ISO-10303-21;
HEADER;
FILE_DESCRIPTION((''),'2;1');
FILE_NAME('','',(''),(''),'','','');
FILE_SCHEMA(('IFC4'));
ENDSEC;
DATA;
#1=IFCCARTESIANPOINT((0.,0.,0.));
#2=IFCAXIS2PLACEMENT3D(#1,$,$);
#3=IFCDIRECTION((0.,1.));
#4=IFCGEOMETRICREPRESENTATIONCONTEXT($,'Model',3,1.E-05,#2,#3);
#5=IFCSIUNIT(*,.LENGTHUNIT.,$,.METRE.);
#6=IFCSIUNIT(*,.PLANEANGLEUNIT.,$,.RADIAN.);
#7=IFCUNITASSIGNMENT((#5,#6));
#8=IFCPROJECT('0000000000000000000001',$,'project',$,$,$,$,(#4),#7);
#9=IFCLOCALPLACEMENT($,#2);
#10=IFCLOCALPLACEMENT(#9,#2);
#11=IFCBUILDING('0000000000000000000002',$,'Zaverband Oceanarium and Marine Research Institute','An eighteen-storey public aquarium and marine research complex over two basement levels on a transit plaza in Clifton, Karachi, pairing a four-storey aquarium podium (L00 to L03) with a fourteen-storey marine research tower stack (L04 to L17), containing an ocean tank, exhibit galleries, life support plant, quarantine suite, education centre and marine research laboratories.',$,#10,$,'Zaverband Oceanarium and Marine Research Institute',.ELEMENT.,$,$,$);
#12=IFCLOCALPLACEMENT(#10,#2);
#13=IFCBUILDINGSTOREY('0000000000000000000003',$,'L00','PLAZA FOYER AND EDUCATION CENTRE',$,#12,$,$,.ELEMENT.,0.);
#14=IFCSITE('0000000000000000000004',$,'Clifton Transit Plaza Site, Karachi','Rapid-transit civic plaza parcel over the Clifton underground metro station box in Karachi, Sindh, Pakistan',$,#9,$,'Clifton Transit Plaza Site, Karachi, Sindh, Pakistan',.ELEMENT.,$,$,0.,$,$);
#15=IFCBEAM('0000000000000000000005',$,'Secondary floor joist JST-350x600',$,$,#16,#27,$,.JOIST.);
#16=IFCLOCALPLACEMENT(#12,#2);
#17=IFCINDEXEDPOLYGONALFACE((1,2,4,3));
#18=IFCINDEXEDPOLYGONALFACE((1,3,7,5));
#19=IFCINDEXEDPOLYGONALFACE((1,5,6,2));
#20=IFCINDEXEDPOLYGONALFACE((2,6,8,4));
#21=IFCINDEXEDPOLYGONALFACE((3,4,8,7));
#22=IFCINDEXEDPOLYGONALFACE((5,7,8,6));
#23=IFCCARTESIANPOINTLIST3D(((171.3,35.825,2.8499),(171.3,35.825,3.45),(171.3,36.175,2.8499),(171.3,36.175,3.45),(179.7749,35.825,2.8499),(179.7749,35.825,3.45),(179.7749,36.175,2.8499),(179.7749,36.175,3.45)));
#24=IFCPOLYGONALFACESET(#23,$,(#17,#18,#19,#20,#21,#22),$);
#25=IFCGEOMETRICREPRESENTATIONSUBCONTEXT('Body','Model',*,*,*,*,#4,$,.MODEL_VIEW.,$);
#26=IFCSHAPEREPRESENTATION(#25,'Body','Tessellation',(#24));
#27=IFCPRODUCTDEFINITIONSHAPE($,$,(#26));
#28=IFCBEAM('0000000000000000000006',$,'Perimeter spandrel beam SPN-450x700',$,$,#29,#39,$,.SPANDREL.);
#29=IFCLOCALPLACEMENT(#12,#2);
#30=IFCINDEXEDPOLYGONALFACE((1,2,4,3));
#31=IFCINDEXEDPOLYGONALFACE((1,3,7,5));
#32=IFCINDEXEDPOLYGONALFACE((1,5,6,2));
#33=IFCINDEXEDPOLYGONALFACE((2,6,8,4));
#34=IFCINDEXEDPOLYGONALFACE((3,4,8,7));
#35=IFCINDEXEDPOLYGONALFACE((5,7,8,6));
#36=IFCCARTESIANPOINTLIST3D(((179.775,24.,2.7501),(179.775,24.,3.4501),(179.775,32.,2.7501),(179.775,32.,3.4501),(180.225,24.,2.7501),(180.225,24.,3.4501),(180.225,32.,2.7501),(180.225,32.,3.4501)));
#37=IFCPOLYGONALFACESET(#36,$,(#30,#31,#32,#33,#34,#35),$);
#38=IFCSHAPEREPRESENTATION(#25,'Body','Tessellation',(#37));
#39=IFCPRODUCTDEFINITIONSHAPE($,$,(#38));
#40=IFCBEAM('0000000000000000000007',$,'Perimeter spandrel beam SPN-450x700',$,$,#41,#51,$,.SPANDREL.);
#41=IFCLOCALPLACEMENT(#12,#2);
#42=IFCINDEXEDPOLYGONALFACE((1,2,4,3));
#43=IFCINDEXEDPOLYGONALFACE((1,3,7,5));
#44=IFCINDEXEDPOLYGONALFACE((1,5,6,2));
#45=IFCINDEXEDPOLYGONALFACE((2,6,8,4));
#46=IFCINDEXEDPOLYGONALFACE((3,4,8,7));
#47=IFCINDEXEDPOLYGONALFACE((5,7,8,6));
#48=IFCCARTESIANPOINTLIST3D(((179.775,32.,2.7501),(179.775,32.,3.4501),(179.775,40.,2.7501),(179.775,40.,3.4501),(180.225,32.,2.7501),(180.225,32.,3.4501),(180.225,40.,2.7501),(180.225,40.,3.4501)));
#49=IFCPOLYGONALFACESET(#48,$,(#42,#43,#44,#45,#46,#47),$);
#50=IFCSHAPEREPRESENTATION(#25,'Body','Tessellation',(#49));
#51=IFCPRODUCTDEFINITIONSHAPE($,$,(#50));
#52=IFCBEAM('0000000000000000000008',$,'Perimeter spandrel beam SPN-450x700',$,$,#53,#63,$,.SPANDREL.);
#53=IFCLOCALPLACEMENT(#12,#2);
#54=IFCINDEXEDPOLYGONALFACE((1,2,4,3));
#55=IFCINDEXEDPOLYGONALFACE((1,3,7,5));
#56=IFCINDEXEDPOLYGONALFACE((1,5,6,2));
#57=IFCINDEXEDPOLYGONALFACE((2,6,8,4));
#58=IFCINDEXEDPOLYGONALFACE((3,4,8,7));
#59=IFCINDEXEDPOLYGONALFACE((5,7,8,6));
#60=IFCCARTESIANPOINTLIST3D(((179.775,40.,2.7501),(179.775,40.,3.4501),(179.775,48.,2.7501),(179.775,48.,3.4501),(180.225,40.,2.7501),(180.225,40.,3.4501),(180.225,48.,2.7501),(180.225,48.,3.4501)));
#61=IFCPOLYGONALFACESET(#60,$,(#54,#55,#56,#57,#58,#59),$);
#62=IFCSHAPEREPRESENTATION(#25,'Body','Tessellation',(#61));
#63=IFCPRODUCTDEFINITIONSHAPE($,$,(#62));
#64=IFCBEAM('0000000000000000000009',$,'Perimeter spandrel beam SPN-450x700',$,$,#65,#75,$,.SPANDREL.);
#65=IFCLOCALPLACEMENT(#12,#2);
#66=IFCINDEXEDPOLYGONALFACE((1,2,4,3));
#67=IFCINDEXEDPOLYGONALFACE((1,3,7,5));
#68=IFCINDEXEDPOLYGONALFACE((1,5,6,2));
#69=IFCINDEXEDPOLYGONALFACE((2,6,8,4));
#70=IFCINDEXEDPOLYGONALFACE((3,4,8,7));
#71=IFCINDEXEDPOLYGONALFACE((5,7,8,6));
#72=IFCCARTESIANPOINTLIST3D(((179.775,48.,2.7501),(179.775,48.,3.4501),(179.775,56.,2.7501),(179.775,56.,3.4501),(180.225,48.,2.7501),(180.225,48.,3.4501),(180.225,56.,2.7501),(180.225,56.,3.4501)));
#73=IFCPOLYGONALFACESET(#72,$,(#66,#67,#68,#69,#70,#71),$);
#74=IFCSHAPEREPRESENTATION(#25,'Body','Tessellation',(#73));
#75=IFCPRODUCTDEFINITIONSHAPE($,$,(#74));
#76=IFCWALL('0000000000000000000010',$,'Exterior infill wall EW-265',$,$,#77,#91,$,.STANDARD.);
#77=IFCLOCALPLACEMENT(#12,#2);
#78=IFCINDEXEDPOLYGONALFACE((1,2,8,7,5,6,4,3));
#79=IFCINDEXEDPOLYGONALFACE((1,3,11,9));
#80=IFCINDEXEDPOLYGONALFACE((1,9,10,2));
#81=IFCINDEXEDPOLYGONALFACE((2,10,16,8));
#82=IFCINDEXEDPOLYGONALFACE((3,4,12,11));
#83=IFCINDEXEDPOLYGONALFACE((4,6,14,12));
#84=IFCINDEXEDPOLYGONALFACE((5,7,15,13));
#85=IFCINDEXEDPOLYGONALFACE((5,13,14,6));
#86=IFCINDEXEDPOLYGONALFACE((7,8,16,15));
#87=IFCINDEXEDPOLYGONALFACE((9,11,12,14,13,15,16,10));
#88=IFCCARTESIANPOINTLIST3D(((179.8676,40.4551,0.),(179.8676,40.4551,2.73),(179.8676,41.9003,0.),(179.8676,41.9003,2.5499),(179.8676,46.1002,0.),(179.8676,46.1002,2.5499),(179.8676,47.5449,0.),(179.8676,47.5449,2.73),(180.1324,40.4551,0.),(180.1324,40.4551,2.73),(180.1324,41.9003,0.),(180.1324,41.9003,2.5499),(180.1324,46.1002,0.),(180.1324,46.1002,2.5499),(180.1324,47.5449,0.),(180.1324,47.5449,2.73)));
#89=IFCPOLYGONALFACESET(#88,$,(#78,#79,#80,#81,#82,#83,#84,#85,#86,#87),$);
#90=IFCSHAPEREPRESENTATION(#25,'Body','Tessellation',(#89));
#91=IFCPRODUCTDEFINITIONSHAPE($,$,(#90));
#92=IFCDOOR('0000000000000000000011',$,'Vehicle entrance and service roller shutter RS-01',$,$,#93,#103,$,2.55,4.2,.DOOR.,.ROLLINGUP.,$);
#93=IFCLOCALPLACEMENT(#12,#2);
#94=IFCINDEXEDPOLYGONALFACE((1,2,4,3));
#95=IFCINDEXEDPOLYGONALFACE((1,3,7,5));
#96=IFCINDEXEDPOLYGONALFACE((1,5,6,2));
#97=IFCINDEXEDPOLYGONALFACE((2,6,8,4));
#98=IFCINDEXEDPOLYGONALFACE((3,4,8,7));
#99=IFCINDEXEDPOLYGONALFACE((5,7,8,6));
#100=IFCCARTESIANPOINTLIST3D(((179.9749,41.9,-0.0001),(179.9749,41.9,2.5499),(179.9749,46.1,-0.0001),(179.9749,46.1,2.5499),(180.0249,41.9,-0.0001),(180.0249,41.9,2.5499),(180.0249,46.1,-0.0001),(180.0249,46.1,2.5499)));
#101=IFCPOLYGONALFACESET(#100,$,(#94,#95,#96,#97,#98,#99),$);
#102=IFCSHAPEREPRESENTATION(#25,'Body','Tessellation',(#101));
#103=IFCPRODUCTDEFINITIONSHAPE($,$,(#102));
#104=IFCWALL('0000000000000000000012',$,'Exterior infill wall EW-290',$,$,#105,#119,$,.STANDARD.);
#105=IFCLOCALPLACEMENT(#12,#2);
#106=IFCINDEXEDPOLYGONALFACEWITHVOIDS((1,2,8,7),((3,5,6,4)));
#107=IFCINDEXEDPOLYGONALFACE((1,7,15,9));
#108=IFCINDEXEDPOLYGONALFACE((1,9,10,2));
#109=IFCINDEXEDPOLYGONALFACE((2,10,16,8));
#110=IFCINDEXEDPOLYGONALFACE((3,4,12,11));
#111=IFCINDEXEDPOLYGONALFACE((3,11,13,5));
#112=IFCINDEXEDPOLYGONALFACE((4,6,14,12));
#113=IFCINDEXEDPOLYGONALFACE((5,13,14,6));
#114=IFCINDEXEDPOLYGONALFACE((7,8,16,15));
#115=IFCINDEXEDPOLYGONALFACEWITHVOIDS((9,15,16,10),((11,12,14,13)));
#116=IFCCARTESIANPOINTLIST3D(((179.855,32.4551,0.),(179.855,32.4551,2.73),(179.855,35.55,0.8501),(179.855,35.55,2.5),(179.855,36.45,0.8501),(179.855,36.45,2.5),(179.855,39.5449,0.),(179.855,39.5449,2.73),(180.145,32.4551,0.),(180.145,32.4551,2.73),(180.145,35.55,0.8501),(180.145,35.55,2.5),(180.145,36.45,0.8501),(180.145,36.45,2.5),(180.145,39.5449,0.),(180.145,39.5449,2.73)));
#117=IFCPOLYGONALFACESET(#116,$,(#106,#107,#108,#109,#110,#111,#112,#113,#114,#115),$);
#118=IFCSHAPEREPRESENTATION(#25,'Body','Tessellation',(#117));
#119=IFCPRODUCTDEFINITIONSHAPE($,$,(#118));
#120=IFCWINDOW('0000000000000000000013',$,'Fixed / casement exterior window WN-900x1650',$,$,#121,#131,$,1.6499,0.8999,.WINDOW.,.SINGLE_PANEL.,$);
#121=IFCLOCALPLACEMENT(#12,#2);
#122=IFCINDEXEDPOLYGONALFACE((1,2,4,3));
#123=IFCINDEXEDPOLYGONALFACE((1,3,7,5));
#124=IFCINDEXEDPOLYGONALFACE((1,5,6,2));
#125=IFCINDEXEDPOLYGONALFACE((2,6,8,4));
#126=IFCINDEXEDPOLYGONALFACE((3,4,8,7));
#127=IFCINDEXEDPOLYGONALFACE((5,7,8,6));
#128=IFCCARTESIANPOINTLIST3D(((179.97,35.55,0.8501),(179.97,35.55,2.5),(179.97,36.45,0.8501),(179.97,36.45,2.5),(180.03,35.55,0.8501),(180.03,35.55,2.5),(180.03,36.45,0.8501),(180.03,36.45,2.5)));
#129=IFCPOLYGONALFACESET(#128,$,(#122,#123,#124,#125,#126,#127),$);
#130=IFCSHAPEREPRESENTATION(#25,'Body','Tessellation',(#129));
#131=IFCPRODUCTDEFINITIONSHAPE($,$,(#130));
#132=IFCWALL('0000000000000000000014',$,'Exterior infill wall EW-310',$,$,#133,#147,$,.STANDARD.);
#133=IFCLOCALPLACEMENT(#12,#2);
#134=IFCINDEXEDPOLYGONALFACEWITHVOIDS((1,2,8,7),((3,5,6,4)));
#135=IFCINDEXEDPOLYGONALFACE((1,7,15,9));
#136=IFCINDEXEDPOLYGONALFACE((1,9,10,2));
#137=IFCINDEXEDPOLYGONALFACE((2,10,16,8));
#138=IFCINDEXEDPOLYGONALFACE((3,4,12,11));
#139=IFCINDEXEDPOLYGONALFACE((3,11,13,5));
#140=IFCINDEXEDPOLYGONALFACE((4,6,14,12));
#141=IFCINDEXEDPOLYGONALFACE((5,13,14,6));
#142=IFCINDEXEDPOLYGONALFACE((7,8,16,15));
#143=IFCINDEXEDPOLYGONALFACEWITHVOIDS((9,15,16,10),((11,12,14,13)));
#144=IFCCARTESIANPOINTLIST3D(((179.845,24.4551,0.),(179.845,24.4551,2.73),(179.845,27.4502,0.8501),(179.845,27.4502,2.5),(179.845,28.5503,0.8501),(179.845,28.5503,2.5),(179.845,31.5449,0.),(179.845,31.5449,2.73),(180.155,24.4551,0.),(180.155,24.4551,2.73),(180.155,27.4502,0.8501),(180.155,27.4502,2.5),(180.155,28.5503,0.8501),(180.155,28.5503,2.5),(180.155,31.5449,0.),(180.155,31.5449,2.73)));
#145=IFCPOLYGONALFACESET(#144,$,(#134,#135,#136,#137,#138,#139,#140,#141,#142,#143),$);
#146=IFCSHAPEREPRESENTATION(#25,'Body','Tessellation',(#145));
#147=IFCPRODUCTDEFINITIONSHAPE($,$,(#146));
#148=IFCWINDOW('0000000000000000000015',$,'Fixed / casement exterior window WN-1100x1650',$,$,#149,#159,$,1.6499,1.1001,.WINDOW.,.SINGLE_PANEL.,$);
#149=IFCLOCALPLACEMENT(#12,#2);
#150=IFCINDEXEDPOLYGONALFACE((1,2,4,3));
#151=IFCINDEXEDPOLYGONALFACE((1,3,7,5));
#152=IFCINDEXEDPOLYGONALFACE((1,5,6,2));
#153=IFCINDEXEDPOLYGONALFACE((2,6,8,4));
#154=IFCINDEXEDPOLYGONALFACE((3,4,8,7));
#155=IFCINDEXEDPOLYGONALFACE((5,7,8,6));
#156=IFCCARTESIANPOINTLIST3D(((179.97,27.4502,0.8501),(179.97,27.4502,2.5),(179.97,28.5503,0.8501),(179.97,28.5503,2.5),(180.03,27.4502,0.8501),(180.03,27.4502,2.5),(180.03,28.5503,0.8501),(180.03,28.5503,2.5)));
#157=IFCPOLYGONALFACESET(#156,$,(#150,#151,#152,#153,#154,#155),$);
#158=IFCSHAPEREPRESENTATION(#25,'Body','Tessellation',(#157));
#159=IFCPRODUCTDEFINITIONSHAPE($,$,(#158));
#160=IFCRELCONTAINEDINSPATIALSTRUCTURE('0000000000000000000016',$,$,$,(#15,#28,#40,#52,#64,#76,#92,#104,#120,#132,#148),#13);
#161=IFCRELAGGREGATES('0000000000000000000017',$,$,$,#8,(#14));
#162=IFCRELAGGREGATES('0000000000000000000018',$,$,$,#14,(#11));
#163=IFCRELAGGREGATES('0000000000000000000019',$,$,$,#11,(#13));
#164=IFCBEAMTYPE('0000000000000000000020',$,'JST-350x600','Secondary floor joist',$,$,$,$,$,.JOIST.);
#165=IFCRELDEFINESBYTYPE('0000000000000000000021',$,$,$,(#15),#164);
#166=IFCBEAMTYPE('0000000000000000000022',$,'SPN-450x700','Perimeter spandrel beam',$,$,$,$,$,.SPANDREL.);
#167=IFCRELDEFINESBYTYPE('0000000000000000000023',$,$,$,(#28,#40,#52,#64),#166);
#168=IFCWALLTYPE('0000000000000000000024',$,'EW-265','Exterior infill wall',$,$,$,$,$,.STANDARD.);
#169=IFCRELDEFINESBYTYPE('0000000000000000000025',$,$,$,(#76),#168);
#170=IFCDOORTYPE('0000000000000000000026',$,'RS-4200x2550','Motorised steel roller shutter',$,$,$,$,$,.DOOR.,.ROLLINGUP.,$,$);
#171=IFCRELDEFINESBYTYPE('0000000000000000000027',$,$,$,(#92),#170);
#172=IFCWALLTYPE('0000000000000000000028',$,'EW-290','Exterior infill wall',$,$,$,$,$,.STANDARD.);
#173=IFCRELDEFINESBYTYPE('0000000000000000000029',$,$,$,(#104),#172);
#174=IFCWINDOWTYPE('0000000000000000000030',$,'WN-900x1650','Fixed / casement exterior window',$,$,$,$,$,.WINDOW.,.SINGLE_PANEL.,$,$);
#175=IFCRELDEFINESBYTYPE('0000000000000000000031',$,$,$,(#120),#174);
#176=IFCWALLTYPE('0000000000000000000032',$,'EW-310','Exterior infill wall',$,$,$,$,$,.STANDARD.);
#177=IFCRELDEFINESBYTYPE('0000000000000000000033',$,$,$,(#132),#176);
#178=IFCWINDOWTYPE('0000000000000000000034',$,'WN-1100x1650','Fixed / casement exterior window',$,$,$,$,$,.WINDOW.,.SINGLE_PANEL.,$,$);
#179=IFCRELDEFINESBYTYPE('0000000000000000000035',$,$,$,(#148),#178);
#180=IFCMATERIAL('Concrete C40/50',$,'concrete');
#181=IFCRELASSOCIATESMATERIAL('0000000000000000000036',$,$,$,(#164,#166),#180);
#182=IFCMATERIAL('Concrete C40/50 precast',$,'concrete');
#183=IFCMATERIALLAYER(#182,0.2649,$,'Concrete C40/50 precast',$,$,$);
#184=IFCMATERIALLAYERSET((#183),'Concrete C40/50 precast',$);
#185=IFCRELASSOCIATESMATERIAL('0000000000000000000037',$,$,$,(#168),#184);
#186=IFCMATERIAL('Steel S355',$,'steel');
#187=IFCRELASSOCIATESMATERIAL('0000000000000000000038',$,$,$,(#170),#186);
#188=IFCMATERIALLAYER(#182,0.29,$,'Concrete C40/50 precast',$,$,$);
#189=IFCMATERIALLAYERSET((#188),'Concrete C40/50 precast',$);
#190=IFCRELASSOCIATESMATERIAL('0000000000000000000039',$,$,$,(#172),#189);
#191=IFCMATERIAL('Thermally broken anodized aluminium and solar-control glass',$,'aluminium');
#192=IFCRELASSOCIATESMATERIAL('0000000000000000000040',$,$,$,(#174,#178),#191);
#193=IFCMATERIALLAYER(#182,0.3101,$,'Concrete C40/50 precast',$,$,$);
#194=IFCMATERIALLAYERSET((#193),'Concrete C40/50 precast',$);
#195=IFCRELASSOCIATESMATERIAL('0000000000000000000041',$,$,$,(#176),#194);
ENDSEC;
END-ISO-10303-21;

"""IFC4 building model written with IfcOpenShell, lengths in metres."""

from ifc_helpers import new_model, si_unit, direction, frame, frame_2d, origin, origin_2d, place, context, subcontext, project, spatial, rectangle, extrude, material, layer, layer_set, material_profile, profile_set, type_object, element, fill, save


model = new_model("IFC4")

# Units and contexts
model_context = context("Model", 3, precision=1e-05, world=origin(), true_north=direction((0.0, 1.0)))
body_context = subcontext(model_context, "Body", "Model", "MODEL_VIEW")
ifc_project = project(units=[si_unit("LENGTHUNIT", "METRE"), si_unit("PLANEANGLEUNIT", "RADIAN")], contexts=[model_context])

# Site, building, storey
site_placement = place(None, origin())
site = spatial("IfcSite", under=ifc_project, at=site_placement, Name="Clifton Transit Plaza Site, Karachi", Description="Rapid-transit civic plaza parcel over the Clifton underground metro station box in Karachi, Sindh, Pakistan", LongName="Clifton Transit Plaza Site, Karachi, Sindh, Pakistan", CompositionType="ELEMENT", RefElevation=0.0)
building_placement = place(site_placement, origin())
building = spatial("IfcBuilding", under=site, at=building_placement, Name="Zaverband Oceanarium and Marine Research Institute", Description="An eighteen-storey public aquarium and marine research complex over two basement levels on a transit plaza in Clifton, Karachi, pairing a four-storey aquarium podium (L00 to L03) with a fourteen-storey marine research tower stack (L04 to L17), containing an ocean tank, exhibit galleries, life support plant, quarantine suite, education centre and marine research laboratories.", LongName="Zaverband Oceanarium and Marine Research Institute", CompositionType="ELEMENT")
storey_placement = place(building_placement, origin())
storey = spatial("IfcBuildingStorey", under=building, at=storey_placement, Name="L00", Description="PLAZA FOYER AND EDUCATION CENTRE", CompositionType="ELEMENT", Elevation=0.0)

# Beams
ifc_material_1 = material(Name="Concrete C40/50", Category="concrete")
ifc_material_profile_1 = material_profile(ifc_material_1, rectangle(XDim=0.3501, YDim=0.6001, at=origin_2d()), Name="RC350x600")
ifc_profile_set_1 = profile_set([ifc_material_profile_1], Name="Concrete C40/50")
beam_type_1 = type_object("IfcBeamType", Name="JST-350x600", Description="Secondary floor joist", PredefinedType="JOIST", material=ifc_profile_set_1)
for number, where, z_axis, x_axis, name in (
    (1, (171.3, 36.0, 3.1499), (1.0, 0.0, 0.0), (0.0, 1.0, 0.0), "Secondary floor joist JST-350x600"),
):
    element("IfcBeam", number, at=place(storey_placement, frame(where, z_axis=z_axis, x_axis=x_axis)), inside=storey, type_object=beam_type_1, Name=name, PredefinedType="JOIST", context=body_context, shape_type="SweptSolid", body=[
        extrude(rectangle(XDim=0.3501, YDim=0.6001, at=origin_2d()), origin(), (0.0, 0.0, 1.0), 8.4749),
    ])
ifc_material_profile_2 = material_profile(ifc_material_1, rectangle(XDim=0.45, YDim=0.7, at=origin_2d()), Name="RC450x700")
ifc_profile_set_2 = profile_set([ifc_material_profile_2], Name="Concrete C40/50")
beam_type_2 = type_object("IfcBeamType", Name="SPN-450x700", Description="Perimeter spandrel beam", PredefinedType="SPANDREL", material=ifc_profile_set_2)
for number, where, z_axis, x_axis, name in (
    (2, (180.0, 24.0, 3.1001), (0.0, 1.0, 0.0), (-1.0, 0.0, 0.0), "Perimeter spandrel beam SPN-450x700"),
    (3, (180.0, 32.0, 3.1001), (0.0, 1.0, 0.0), (-1.0, 0.0, 0.0), "Perimeter spandrel beam SPN-450x700"),
    (4, (180.0, 40.0, 3.1001), (0.0, 1.0, 0.0), (-1.0, 0.0, 0.0), "Perimeter spandrel beam SPN-450x700"),
    (5, (180.0, 48.0, 3.1001), (0.0, 1.0, 0.0), (-1.0, 0.0, 0.0), "Perimeter spandrel beam SPN-450x700"),
):
    element("IfcBeam", number, at=place(storey_placement, frame(where, z_axis=z_axis, x_axis=x_axis)), inside=storey, type_object=beam_type_2, Name=name, PredefinedType="SPANDREL", context=body_context, shape_type="SweptSolid", body=[
        extrude(rectangle(XDim=0.45, YDim=0.7, at=origin_2d()), origin(), (0.0, 0.0, 1.0), 8.0),
    ])

# Wall, opening, door
ifc_material_2 = material(Name="Concrete C40/50 precast", Category="concrete")
ifc_layer_1 = layer(ifc_material_2, 0.2649, Name="Concrete C40/50 precast")
ifc_layer_set_1 = layer_set([ifc_layer_1], Name="Concrete C40/50 precast")
wall_type_1 = type_object("IfcWallType", Name="EW-265", Description="Exterior infill wall", PredefinedType="STANDARD", material=ifc_layer_set_1)
wall_1_placement = place(storey_placement, frame((180.0, 40.4551, 0.0), z_axis=(0.0, 0.0, 1.0), x_axis=(0.0, 1.0, 0.0)))
wall_1 = element("IfcWall", 6, at=wall_1_placement, inside=storey, type_object=wall_type_1, Name="Exterior infill wall EW-265", PredefinedType="STANDARD", context=body_context, shape_type="SweptSolid", body=[
    extrude(rectangle(XDim=7.0898, YDim=0.2649, at=frame_2d((3.5449, 0.0))), origin(), (0.0, 0.0, 1.0), 2.73),
])
opening_1_placement = place(wall_1_placement, frame((1.4451, 0.0, 0.0)))
opening_1 = element("IfcOpeningElement", 7, at=opening_1_placement, cuts=wall_1, PredefinedType="OPENING", context=body_context, shape_type="SweptSolid", body=[
    extrude(rectangle(XDim=4.2, YDim=2.55, at=frame_2d((2.1001, 1.2749))), frame((0.0, 0.1445, 0.0), z_axis=(0.0, -1.0, 0.0), x_axis=(1.0, 0.0, 0.0)), (0.0, 0.0, 1.0), 0.2888),
])
ifc_material_3 = material(Name="Steel S355", Category="steel")
door_type = type_object("IfcDoorType", Name="RS-4200x2550", Description="Motorised steel roller shutter", OperationType="ROLLINGUP", PredefinedType="DOOR", material=ifc_material_3)
door_placement = place(opening_1_placement, frame((4.2, 0.0, 0.0), z_axis=(0.0, 0.0, 1.0), x_axis=(-1.0, 0.0, 0.0)))
door = element("IfcDoor", 8, at=door_placement, inside=storey, type_object=door_type, Name="Vehicle entrance and service roller shutter RS-01", OperationType="ROLLINGUP", OverallHeight=2.55, OverallWidth=4.2, PredefinedType="DOOR", context=body_context, shape_type="SweptSolid", body=[
    extrude(rectangle(XDim=4.2, YDim=2.55, at=frame_2d((2.1001, 1.2749))), frame((0.0, 0.0249, 0.0), z_axis=(0.0, -1.0, 0.0), x_axis=(1.0, 0.0, 0.0)), (0.0, 0.0, 1.0), 0.05),
])
fill(opening_1, door)

# Walls, openings, windows
ifc_layer_2 = layer(ifc_material_2, 0.29, Name="Concrete C40/50 precast")
ifc_layer_set_2 = layer_set([ifc_layer_2], Name="Concrete C40/50 precast")
wall_type_2 = type_object("IfcWallType", Name="EW-290", Description="Exterior infill wall", PredefinedType="STANDARD", material=ifc_layer_set_2)
wall_2_placement = place(storey_placement, frame((180.0, 32.4551, 0.0), z_axis=(0.0, 0.0, 1.0), x_axis=(0.0, 1.0, 0.0)))
wall_2 = element("IfcWall", 9, at=wall_2_placement, inside=storey, type_object=wall_type_2, Name="Exterior infill wall EW-290", PredefinedType="STANDARD", context=body_context, shape_type="SweptSolid", body=[
    extrude(rectangle(XDim=7.0898, YDim=0.29, at=frame_2d((3.5449, 0.0))), origin(), (0.0, 0.0, 1.0), 2.73),
])
opening_2_placement = place(wall_2_placement, frame((3.095, 0.0, 0.8501)))
opening_2 = element("IfcOpeningElement", 10, at=opening_2_placement, cuts=wall_2, PredefinedType="OPENING", context=body_context, shape_type="SweptSolid", body=[
    extrude(rectangle(XDim=0.8999, YDim=1.6499, at=frame_2d((0.45, 0.825))), frame((0.0, 0.157, 0.0), z_axis=(0.0, -1.0, 0.0), x_axis=(1.0, 0.0, 0.0)), (0.0, 0.0, 1.0), 0.314),
])
ifc_material_4 = material(Name="Thermally broken anodized aluminium and solar-control glass", Category="aluminium")
window_type_1 = type_object("IfcWindowType", Name="WN-900x1650", Description="Fixed / casement exterior window", PartitioningType="SINGLE_PANEL", PredefinedType="WINDOW", material=ifc_material_4)
window_1_placement = place(opening_2_placement, origin())
window_1 = element("IfcWindow", 11, at=window_1_placement, inside=storey, type_object=window_type_1, Name="Fixed / casement exterior window WN-900x1650", OverallHeight=1.6499, OverallWidth=0.8999, PartitioningType="SINGLE_PANEL", PredefinedType="WINDOW", context=body_context, shape_type="SweptSolid", body=[
    extrude(rectangle(XDim=0.8999, YDim=1.6499, at=frame_2d((0.45, 0.825))), frame((0.0, 0.03, 0.0), z_axis=(0.0, -1.0, 0.0), x_axis=(1.0, 0.0, 0.0)), (0.0, 0.0, 1.0), 0.0601),
])
fill(opening_2, window_1)
ifc_layer_3 = layer(ifc_material_2, 0.3101, Name="Concrete C40/50 precast")
ifc_layer_set_3 = layer_set([ifc_layer_3], Name="Concrete C40/50 precast")
wall_type_3 = type_object("IfcWallType", Name="EW-310", Description="Exterior infill wall", PredefinedType="STANDARD", material=ifc_layer_set_3)
wall_3_placement = place(storey_placement, frame((180.0, 24.4551, 0.0), z_axis=(0.0, 0.0, 1.0), x_axis=(0.0, 1.0, 0.0)))
wall_3 = element("IfcWall", 12, at=wall_3_placement, inside=storey, type_object=wall_type_3, Name="Exterior infill wall EW-310", PredefinedType="STANDARD", context=body_context, shape_type="SweptSolid", body=[
    extrude(rectangle(XDim=7.0898, YDim=0.3101, at=frame_2d((3.5449, 0.0))), origin(), (0.0, 0.0, 1.0), 2.73),
])
opening_3_placement = place(wall_3_placement, frame((2.9951, 0.0, 0.8501)))
opening_3 = element("IfcOpeningElement", 13, at=opening_3_placement, cuts=wall_3, PredefinedType="OPENING", context=body_context, shape_type="SweptSolid", body=[
    extrude(rectangle(XDim=1.1001, YDim=1.6499, at=frame_2d((0.55, 0.825))), frame((0.0, 0.167, 0.0), z_axis=(0.0, -1.0, 0.0), x_axis=(1.0, 0.0, 0.0)), (0.0, 0.0, 1.0), 0.334),
])
window_type_2 = type_object("IfcWindowType", Name="WN-1100x1650", Description="Fixed / casement exterior window", PartitioningType="SINGLE_PANEL", PredefinedType="WINDOW", material=ifc_material_4)
window_2_placement = place(opening_3_placement, origin())
window_2 = element("IfcWindow", 14, at=window_2_placement, inside=storey, type_object=window_type_2, Name="Fixed / casement exterior window WN-1100x1650", OverallHeight=1.6499, OverallWidth=1.1001, PartitioningType="SINGLE_PANEL", PredefinedType="WINDOW", context=body_context, shape_type="SweptSolid", body=[
    extrude(rectangle(XDim=1.1001, YDim=1.6499, at=frame_2d((0.55, 0.825))), frame((0.0, 0.03, 0.0), z_axis=(0.0, -1.0, 0.0), x_axis=(1.0, 0.0, 0.0)), (0.0, 0.0, 1.0), 0.0601),
])
fill(opening_3, window_2)

save(model, "model.ifc")
